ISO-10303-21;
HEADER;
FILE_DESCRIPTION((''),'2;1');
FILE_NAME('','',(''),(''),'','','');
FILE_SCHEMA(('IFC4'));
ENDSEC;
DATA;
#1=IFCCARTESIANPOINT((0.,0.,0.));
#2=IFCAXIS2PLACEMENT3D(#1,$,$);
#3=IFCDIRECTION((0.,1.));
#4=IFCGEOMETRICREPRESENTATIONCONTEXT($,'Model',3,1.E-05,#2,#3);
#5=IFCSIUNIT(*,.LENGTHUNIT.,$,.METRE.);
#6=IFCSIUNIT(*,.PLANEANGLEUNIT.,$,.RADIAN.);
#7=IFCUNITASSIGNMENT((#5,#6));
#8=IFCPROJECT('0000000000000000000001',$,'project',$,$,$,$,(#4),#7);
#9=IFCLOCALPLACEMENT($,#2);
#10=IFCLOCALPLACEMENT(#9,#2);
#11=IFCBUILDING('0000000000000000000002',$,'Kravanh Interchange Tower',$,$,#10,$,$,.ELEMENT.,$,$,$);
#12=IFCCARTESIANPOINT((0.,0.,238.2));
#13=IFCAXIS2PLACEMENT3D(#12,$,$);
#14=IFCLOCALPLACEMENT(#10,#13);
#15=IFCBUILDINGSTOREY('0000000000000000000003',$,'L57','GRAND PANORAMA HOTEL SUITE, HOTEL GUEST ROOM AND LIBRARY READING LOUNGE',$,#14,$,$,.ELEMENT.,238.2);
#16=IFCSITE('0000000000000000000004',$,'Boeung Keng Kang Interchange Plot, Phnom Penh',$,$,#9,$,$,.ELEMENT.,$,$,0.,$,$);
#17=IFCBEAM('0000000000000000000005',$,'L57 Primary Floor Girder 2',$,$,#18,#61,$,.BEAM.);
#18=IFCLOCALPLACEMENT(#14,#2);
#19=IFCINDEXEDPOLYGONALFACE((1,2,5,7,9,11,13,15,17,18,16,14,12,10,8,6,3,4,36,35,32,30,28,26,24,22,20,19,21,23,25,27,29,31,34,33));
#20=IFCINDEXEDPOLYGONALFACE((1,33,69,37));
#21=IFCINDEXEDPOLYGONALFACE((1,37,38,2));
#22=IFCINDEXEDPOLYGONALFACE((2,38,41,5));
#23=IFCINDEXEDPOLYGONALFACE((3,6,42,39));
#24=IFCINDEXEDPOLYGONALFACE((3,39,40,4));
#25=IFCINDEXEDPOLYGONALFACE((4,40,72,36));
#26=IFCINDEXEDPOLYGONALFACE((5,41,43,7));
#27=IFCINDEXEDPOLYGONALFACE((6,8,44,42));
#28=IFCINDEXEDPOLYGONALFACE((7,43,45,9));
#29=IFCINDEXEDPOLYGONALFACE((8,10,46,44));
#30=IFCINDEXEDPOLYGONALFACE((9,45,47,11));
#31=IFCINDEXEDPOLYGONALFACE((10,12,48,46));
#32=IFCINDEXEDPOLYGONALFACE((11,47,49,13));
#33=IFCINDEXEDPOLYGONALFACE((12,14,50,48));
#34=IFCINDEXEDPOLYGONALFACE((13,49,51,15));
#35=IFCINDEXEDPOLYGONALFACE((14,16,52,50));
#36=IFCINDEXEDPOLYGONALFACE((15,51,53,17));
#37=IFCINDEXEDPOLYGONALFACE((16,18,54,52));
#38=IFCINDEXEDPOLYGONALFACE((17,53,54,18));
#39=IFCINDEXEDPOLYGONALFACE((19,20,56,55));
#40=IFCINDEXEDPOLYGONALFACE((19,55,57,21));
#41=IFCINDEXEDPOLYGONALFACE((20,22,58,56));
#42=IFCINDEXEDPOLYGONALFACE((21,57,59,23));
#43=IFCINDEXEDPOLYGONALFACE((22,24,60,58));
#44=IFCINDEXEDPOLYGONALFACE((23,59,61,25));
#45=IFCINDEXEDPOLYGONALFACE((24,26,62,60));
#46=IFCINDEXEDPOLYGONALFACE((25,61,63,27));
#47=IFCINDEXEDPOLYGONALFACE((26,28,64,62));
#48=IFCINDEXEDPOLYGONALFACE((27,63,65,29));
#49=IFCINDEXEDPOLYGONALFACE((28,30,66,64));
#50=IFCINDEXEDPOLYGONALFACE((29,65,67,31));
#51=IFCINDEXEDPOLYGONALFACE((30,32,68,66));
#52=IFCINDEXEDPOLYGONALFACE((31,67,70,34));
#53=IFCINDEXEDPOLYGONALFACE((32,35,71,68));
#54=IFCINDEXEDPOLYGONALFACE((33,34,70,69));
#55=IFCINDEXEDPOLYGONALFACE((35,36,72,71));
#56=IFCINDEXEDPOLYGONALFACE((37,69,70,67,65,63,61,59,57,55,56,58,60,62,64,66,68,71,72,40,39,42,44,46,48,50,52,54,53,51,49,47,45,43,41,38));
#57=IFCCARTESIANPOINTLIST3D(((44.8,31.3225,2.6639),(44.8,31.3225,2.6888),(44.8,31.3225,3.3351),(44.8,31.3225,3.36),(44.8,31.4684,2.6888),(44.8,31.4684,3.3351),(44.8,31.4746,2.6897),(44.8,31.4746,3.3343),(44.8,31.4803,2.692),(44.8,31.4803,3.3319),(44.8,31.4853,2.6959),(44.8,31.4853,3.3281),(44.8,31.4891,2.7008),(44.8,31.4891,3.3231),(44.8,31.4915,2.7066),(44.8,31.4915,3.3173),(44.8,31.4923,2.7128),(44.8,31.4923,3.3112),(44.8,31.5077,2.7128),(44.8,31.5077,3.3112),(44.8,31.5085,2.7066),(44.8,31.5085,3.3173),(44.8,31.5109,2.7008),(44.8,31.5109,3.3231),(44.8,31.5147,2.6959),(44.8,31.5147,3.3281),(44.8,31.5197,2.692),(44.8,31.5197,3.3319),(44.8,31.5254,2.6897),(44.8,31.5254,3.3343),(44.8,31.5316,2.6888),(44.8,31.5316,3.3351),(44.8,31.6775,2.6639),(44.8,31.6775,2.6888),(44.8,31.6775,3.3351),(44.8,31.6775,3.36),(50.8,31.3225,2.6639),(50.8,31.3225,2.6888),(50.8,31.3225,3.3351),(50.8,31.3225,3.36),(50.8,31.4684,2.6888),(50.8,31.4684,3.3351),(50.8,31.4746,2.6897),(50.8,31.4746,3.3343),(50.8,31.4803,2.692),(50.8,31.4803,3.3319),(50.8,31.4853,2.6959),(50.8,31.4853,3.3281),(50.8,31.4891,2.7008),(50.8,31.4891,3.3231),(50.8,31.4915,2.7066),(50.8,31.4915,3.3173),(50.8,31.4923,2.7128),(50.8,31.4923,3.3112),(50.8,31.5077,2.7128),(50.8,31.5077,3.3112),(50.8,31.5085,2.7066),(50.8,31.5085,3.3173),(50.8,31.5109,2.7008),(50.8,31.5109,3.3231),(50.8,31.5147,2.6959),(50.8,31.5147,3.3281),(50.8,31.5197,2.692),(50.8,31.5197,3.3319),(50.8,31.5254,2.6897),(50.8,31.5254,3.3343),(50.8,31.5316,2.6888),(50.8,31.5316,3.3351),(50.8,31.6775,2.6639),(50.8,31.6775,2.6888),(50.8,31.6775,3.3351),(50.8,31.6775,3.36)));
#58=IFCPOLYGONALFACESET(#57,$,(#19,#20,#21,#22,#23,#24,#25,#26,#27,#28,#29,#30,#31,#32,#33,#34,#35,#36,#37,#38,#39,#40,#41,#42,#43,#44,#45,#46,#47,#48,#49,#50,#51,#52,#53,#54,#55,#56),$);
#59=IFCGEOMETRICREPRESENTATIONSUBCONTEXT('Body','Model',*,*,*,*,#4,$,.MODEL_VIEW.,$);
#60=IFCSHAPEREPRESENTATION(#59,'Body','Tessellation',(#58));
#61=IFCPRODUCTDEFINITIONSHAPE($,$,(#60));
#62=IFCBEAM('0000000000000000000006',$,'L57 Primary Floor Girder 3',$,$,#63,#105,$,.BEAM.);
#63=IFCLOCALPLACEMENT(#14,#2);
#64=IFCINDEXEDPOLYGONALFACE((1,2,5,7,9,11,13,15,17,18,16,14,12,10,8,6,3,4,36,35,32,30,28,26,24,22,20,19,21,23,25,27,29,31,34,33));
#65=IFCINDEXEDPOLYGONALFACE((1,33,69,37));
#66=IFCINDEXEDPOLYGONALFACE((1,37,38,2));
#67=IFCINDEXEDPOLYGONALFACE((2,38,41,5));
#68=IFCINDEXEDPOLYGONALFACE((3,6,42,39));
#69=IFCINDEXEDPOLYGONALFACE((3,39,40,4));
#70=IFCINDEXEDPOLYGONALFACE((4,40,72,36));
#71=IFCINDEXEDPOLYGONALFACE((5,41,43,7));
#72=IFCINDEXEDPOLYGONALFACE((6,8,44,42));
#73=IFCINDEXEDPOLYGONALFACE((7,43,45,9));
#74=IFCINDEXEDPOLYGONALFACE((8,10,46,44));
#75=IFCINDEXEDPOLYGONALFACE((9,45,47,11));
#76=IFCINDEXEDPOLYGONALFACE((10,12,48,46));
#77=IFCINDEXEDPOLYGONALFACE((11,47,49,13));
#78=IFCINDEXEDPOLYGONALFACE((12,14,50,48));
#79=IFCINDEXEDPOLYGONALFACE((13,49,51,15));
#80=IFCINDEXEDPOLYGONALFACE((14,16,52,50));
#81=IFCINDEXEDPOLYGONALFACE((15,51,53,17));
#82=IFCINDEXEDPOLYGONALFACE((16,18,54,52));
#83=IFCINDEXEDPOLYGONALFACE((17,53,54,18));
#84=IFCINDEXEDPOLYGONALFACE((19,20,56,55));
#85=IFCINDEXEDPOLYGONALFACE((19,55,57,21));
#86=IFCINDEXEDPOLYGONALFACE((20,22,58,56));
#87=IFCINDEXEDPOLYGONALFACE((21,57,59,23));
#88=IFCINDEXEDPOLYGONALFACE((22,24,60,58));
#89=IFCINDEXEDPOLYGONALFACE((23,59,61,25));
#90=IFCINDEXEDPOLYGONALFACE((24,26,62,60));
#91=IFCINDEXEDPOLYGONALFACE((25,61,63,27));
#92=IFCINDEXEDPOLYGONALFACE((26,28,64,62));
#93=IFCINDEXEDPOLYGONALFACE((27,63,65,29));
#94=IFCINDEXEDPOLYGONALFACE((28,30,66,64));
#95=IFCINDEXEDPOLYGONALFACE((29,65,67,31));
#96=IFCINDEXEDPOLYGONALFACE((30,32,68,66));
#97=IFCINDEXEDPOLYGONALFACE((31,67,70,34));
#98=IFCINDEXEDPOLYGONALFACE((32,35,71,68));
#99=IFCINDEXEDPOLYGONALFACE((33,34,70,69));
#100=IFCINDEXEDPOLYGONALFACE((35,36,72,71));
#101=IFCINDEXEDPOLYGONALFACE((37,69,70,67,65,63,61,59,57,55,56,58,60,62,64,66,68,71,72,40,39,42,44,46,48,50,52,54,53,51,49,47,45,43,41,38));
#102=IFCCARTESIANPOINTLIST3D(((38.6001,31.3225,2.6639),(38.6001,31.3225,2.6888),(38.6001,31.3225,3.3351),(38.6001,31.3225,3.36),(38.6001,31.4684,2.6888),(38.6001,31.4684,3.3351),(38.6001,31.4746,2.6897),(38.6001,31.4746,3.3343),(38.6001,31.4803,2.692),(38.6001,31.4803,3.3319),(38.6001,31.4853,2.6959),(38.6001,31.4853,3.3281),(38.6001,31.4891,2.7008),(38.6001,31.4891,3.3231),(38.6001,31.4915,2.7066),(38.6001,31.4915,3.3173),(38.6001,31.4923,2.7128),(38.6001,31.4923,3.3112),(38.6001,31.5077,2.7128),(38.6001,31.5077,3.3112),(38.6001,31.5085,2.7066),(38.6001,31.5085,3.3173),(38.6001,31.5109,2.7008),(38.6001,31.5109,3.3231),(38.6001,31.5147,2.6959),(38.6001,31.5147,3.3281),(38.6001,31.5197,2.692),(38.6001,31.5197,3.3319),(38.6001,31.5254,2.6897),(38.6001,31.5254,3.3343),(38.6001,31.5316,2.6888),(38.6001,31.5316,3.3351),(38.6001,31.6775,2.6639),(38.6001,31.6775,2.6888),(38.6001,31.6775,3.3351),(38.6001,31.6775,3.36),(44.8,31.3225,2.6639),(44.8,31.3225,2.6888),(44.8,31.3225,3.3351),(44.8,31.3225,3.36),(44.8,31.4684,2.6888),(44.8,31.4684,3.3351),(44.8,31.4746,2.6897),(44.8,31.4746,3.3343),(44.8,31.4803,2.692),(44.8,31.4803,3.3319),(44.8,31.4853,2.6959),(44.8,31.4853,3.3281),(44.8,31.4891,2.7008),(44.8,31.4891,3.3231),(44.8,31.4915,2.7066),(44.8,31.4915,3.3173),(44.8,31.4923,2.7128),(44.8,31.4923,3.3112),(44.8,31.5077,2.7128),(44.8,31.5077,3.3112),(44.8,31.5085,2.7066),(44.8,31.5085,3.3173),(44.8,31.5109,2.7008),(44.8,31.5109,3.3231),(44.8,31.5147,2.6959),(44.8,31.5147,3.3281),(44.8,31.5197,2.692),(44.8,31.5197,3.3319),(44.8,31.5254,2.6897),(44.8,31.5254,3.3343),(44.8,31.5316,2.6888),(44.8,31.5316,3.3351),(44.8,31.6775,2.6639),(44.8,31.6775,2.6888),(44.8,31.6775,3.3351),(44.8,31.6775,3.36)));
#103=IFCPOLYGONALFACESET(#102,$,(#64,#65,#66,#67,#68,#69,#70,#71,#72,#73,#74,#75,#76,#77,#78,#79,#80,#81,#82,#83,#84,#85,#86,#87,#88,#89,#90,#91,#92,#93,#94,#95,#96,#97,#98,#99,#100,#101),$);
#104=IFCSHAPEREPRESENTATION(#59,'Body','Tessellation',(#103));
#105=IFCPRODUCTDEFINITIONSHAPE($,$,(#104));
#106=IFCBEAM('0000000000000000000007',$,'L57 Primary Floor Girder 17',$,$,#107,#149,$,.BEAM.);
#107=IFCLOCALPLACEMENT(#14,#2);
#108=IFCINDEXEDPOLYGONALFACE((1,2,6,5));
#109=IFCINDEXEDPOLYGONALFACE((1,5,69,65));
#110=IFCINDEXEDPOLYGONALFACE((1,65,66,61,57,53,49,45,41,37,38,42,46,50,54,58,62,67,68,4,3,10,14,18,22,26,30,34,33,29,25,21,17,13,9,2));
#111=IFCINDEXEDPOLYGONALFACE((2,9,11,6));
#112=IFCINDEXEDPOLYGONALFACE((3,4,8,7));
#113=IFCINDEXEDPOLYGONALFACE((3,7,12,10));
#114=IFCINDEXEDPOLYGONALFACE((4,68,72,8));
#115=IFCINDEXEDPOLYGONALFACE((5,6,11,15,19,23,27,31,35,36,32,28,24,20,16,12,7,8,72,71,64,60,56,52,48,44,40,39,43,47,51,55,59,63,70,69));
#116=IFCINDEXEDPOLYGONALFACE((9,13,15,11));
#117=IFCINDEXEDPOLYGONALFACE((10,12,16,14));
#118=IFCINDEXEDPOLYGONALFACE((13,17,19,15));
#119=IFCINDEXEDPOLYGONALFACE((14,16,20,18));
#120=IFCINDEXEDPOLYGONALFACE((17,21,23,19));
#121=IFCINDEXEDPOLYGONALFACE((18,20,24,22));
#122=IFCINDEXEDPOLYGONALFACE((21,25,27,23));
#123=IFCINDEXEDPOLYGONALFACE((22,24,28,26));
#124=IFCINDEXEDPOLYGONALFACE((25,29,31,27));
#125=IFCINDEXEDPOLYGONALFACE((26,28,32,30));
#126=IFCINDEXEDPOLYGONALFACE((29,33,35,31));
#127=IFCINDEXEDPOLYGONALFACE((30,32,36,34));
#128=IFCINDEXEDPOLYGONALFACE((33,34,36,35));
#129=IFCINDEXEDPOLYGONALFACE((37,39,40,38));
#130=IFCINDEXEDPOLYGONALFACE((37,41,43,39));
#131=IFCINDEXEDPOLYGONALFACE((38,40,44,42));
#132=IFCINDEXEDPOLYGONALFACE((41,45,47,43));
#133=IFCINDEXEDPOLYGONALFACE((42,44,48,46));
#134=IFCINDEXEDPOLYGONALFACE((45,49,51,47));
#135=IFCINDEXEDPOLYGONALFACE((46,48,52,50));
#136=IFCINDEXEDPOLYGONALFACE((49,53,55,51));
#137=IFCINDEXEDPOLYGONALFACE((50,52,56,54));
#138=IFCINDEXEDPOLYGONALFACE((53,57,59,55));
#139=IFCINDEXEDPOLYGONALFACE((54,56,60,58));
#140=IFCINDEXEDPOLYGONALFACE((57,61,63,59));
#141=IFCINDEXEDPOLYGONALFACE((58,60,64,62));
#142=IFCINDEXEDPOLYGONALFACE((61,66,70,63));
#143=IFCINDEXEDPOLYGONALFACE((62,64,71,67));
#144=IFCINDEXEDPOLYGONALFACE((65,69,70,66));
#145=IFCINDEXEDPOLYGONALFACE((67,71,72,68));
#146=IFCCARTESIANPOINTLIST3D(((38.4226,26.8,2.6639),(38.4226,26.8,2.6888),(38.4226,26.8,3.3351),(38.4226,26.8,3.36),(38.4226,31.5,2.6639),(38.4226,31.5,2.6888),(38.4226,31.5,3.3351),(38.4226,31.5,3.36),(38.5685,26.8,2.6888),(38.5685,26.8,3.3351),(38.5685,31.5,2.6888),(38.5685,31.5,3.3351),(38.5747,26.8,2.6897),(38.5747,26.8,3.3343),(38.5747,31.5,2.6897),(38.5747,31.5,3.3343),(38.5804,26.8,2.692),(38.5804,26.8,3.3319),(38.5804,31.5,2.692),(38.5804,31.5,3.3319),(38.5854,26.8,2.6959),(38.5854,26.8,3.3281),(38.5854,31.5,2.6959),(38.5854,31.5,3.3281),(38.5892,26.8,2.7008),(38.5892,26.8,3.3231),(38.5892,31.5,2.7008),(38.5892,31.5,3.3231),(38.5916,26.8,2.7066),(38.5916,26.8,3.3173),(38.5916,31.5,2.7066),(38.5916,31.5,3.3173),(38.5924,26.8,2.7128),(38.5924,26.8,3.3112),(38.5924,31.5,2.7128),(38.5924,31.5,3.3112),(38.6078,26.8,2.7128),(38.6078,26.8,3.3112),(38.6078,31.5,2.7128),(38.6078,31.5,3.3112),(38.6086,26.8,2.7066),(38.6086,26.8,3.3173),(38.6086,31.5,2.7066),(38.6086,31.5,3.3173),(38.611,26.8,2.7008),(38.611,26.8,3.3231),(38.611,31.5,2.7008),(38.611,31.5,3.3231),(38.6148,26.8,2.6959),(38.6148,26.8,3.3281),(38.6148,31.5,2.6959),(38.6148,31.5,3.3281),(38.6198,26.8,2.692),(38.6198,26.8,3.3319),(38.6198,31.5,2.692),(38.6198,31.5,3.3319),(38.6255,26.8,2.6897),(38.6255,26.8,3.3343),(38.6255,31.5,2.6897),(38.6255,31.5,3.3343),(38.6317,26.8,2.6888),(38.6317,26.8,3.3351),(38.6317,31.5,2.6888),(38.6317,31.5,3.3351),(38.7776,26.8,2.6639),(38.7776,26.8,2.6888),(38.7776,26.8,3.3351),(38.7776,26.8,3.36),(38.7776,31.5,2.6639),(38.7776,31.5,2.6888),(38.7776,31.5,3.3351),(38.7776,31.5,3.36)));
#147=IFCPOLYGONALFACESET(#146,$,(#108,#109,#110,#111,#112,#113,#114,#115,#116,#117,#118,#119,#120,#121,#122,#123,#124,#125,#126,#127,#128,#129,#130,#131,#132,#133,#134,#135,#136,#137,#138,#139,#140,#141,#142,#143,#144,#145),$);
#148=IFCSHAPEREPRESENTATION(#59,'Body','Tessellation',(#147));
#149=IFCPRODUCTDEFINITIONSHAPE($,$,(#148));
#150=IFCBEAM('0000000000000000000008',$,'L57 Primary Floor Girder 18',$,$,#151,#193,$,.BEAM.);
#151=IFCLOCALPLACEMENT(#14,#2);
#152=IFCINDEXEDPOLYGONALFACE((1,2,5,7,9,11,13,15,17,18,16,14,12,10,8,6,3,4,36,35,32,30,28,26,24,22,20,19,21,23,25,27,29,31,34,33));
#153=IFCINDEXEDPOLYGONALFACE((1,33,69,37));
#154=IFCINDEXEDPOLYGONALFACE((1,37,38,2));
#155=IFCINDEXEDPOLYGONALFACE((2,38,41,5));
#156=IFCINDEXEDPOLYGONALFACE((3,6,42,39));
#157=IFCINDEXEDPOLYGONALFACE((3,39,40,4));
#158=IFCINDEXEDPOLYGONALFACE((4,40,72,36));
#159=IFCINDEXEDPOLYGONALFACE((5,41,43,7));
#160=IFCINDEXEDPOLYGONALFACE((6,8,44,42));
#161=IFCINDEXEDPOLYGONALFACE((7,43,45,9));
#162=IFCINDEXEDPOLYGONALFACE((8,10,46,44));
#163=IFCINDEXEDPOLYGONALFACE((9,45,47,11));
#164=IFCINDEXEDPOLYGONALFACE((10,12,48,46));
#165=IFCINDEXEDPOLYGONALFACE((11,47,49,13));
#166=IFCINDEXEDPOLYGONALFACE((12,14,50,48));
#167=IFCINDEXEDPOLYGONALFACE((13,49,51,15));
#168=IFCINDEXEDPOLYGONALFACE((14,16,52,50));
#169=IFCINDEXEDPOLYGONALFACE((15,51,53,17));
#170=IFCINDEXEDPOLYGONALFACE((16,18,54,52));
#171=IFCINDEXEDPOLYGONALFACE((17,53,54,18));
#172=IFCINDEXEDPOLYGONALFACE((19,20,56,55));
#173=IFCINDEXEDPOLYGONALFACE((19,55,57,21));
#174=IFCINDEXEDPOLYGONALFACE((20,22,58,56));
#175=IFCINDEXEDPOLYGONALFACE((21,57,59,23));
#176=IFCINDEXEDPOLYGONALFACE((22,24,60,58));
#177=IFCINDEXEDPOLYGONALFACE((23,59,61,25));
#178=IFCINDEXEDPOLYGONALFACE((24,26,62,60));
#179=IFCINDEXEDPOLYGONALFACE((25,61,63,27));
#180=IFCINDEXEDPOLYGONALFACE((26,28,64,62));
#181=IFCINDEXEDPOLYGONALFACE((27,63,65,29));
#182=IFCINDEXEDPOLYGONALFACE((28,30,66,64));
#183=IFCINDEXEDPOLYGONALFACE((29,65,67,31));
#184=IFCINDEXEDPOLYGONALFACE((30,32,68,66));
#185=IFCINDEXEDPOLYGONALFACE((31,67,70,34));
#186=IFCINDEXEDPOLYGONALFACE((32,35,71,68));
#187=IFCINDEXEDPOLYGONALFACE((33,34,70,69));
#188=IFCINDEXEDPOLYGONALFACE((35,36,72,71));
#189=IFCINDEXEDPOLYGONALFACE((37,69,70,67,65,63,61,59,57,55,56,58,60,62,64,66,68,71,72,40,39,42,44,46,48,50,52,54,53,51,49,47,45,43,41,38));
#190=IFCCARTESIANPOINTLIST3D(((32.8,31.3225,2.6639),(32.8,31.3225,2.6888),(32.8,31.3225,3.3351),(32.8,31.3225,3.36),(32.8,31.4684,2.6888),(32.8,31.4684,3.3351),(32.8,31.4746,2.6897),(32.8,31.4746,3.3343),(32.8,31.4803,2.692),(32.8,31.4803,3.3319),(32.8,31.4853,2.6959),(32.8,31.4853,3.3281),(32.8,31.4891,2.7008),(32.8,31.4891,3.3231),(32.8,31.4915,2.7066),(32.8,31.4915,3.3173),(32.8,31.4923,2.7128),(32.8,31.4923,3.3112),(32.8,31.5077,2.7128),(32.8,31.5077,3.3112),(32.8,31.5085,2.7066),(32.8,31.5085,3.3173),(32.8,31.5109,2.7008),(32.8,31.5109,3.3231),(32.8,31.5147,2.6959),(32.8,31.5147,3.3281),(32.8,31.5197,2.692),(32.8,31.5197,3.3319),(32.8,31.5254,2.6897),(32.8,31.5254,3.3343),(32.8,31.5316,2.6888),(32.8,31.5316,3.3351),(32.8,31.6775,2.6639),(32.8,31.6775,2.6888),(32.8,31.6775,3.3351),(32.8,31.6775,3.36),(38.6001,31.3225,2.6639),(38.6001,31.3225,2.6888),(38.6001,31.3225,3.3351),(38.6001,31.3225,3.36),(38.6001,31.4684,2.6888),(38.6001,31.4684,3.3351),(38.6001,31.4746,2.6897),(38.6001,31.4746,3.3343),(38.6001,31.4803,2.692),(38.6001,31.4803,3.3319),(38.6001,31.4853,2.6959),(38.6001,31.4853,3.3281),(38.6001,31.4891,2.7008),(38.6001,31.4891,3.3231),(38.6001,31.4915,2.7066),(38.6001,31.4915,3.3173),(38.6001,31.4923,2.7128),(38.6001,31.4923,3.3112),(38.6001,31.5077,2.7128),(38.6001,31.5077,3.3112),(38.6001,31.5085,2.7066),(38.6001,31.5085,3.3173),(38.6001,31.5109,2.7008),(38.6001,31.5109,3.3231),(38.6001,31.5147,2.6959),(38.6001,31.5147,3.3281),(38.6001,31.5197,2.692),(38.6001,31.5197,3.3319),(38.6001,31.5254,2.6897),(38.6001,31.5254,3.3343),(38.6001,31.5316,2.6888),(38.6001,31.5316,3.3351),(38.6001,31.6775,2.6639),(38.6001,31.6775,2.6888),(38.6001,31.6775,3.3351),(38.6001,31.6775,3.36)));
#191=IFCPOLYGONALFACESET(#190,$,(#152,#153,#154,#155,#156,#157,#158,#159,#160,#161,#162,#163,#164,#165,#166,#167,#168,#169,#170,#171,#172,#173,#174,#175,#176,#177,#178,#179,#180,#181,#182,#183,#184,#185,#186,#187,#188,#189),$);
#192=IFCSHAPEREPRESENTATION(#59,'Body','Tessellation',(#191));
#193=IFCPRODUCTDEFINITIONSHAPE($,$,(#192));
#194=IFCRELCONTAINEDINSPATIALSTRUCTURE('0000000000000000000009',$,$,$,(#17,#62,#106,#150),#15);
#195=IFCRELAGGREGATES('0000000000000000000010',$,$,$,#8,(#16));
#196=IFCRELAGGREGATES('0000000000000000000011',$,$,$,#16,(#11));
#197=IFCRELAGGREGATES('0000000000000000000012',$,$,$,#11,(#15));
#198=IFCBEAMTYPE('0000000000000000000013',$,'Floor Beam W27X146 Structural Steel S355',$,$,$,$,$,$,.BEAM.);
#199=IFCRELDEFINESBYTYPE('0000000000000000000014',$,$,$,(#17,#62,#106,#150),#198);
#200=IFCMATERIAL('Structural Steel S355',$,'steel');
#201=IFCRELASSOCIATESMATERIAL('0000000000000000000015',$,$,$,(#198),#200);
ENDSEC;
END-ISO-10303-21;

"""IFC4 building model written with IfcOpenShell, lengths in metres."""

from ifc_helpers import new_model, si_unit, direction, frame, origin, origin_2d, place, context, subcontext, project, spatial, i_section, extrude, material, material_profile, profile_set, type_object, element, save


model = new_model("IFC4")

# Units and contexts
model_context = context("Model", 3, precision=1e-05, world=origin(), true_north=direction((0.0, 1.0)))
body_context = subcontext(model_context, "Body", "Model", "MODEL_VIEW")
ifc_project = project(units=[si_unit("LENGTHUNIT", "METRE"), si_unit("PLANEANGLEUNIT", "RADIAN")], contexts=[model_context])

# Site, building, storey
site_placement = place(None, origin())
site = spatial("IfcSite", under=ifc_project, at=site_placement, Name="Boeung Keng Kang Interchange Plot, Phnom Penh", CompositionType="ELEMENT", RefElevation=0.0)
building_placement = place(site_placement, origin())
building = spatial("IfcBuilding", under=site, at=building_placement, Name="Kravanh Interchange Tower", CompositionType="ELEMENT")
storey_placement = place(building_placement, frame((0.0, 0.0, 238.2)))
storey = spatial("IfcBuildingStorey", under=building, at=storey_placement, Name="L57", Description="GRAND PANORAMA HOTEL SUITE, HOTEL GUEST ROOM AND LIBRARY READING LOUNGE", CompositionType="ELEMENT", Elevation=238.2)

# Beams
ifc_material_1 = material(Name="Structural Steel S355", Category="steel")
ifc_material_profile_1 = material_profile(ifc_material_1, i_section(OverallWidth=0.355, OverallDepth=0.696, WebThickness=0.0154, FlangeThickness=0.0249, FilletRadius=0.0239, at=origin_2d()), Name="W27X146")
ifc_profile_set_1 = profile_set([ifc_material_profile_1], Name="Structural Steel S355")
beam_type_1 = type_object("IfcBeamType", Name="Floor Beam W27X146 Structural Steel S355", PredefinedType="BEAM", material=ifc_profile_set_1)
beam_1_placement = place(storey_placement, frame((44.8, 31.5, 3.012), z_axis=(1.0, 0.0, 0.0), x_axis=(0.0, 1.0, 0.0)))
element("IfcBeam", 1, at=beam_1_placement, inside=storey, type_object=beam_type_1, Name="L57 Primary Floor Girder 2", PredefinedType="BEAM", context=body_context, shape_type="SweptSolid", body=[
    extrude(i_section(OverallWidth=0.355, OverallDepth=0.696, WebThickness=0.0154, FlangeThickness=0.0249, FilletRadius=0.0239, at=origin_2d()), origin(), (0.0, 0.0, 1.0), 6.0),
])
beam_2_placement = place(storey_placement, frame((44.8, 31.5, 3.012), z_axis=(-1.0, 0.0, 0.0), x_axis=(0.0, -1.0, 0.0)))
element("IfcBeam", 2, at=beam_2_placement, inside=storey, type_object=beam_type_1, Name="L57 Primary Floor Girder 3", PredefinedType="BEAM", context=body_context, shape_type="SweptSolid", body=[
    extrude(i_section(OverallWidth=0.355, OverallDepth=0.696, WebThickness=0.0154, FlangeThickness=0.0249, FilletRadius=0.0239, at=origin_2d()), origin(), (0.0, 0.0, 1.0), 6.2),
])
beam_3_placement = place(storey_placement, frame((38.6001, 31.5, 3.012), z_axis=(0.0, -1.0, 0.0), x_axis=(1.0, 0.0, 0.0)))
element("IfcBeam", 3, at=beam_3_placement, inside=storey, type_object=beam_type_1, Name="L57 Primary Floor Girder 17", PredefinedType="BEAM", context=body_context, shape_type="SweptSolid", body=[
    extrude(i_section(OverallWidth=0.355, OverallDepth=0.696, WebThickness=0.0154, FlangeThickness=0.0249, FilletRadius=0.0239, at=origin_2d()), origin(), (0.0, 0.0, 1.0), 4.7),
])
beam_4_placement = place(storey_placement, frame((38.6001, 31.5, 3.012), z_axis=(-1.0, 0.0, 0.0), x_axis=(0.0, -1.0, 0.0)))
element("IfcBeam", 4, at=beam_4_placement, inside=storey, type_object=beam_type_1, Name="L57 Primary Floor Girder 18", PredefinedType="BEAM", context=body_context, shape_type="SweptSolid", body=[
    extrude(i_section(OverallWidth=0.355, OverallDepth=0.696, WebThickness=0.0154, FlangeThickness=0.0249, FilletRadius=0.0239, at=origin_2d()), origin(), (0.0, 0.0, 1.0), 5.8),
])

save(model, "model.ifc")
